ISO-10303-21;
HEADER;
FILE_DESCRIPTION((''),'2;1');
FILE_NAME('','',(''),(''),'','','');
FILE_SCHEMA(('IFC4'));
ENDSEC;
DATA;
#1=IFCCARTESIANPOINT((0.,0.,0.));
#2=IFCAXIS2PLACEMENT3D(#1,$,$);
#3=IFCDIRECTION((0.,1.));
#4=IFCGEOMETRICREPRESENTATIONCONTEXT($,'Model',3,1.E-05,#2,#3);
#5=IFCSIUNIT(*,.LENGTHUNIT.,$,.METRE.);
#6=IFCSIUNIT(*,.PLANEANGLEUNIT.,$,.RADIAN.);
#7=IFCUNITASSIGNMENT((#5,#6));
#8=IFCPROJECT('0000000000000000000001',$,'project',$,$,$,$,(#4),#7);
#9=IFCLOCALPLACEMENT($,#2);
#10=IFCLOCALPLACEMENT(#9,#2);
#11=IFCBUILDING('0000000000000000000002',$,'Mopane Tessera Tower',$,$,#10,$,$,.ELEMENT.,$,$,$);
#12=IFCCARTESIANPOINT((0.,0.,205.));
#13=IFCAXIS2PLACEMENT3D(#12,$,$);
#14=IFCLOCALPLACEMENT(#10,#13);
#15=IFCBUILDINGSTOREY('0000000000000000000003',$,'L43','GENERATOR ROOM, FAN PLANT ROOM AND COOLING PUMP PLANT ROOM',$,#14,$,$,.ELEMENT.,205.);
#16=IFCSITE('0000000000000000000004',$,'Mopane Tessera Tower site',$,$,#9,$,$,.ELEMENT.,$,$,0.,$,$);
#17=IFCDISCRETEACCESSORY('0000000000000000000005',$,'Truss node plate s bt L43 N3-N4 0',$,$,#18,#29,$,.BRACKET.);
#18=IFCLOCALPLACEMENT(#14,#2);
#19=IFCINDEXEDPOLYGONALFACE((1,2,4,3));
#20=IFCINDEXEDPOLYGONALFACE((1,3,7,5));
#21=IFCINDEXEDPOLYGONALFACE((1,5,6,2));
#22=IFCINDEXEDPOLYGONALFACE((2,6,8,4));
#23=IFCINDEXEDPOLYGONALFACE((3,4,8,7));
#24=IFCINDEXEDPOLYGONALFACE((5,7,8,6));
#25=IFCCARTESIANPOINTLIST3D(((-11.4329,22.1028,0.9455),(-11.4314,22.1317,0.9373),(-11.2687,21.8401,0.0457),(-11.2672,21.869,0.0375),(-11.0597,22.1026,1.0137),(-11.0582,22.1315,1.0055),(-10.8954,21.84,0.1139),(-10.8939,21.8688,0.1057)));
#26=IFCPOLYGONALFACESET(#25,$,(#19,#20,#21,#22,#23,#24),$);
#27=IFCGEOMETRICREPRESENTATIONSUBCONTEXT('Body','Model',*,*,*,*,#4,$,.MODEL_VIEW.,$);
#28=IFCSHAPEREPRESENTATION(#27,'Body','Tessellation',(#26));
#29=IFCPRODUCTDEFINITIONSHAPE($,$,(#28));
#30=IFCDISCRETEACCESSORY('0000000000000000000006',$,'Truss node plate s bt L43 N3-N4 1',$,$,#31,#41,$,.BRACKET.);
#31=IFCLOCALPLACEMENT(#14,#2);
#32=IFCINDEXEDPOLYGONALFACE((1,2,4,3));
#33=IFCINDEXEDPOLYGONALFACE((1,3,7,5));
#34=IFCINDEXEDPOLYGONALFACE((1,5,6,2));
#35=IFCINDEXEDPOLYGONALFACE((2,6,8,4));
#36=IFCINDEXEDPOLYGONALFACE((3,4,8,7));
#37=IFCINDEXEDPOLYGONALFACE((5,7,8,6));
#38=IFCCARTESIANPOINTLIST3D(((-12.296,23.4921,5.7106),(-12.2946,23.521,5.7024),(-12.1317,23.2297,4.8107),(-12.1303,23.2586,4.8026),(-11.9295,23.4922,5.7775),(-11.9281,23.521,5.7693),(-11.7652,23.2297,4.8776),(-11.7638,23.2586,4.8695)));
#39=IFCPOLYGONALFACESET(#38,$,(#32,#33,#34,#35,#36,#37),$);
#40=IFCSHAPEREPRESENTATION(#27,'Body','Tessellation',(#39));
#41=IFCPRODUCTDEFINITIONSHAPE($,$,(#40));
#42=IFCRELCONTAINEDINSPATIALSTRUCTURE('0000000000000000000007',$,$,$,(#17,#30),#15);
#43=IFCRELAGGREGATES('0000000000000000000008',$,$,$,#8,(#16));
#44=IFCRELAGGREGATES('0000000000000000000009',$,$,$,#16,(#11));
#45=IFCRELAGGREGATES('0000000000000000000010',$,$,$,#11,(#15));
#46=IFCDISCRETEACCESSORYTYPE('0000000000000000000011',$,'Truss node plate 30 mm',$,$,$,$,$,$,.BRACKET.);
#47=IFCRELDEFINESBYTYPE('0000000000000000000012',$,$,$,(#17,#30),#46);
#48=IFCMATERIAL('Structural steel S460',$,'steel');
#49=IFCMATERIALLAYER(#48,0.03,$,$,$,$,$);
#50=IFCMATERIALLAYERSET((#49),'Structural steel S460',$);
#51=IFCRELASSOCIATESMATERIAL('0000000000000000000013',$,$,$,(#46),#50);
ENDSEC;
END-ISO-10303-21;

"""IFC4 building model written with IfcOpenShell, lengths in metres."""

from ifc_helpers import new_model, si_unit, direction, frame, origin, origin_2d, place, context, subcontext, project, spatial, rectangle, extrude, material, layer, layer_set, type_object, element, save


model = new_model("IFC4")

# Units and contexts
model_context = context("Model", 3, precision=1e-05, world=origin(), true_north=direction((0.0, 1.0)))
body_context = subcontext(model_context, "Body", "Model", "MODEL_VIEW")
ifc_project = project(units=[si_unit("LENGTHUNIT", "METRE"), si_unit("PLANEANGLEUNIT", "RADIAN")], contexts=[model_context])

# Site, building, storey
site_placement = place(None, origin())
site = spatial("IfcSite", under=ifc_project, at=site_placement, Name="Mopane Tessera Tower site", CompositionType="ELEMENT", RefElevation=0.0)
building_placement = place(site_placement, origin())
building = spatial("IfcBuilding", under=site, at=building_placement, Name="Mopane Tessera Tower", CompositionType="ELEMENT")
storey_placement = place(building_placement, frame((0.0, 0.0, 205.0)))
storey = spatial("IfcBuildingStorey", under=building, at=storey_placement, Name="L43", Description="GENERATOR ROOM, FAN PLANT ROOM AND COOLING PUMP PLANT ROOM", CompositionType="ELEMENT", Elevation=205.0)

# Discrete accessories
ifc_material_1 = material(Name="Structural steel S460", Category="steel")
ifc_layer_1 = layer(ifc_material_1, 0.03)
ifc_layer_set_1 = layer_set([ifc_layer_1], Name="Structural steel S460")
discrete_accessory_type = type_object("IfcDiscreteAccessoryType", Name="Truss node plate 30 mm", PredefinedType="BRACKET", material=ifc_layer_set_1)
discrete_accessory_1_placement = place(storey_placement, frame((-11.0813, 21.8545, 0.0757), z_axis=(-0.172636, 0.276013, 0.945523), x_axis=(-0.050054, -0.961154, 0.271437)))
element("IfcDiscreteAccessory", 1, at=discrete_accessory_1_placement, inside=storey, type_object=discrete_accessory_type, Name="Truss node plate s bt L43 N3-N4 0", PredefinedType="BRACKET", context=body_context, shape_type="SweptSolid", body=[
    extrude(rectangle(XDim=0.03, YDim=0.3794, at=origin_2d()), origin(), (0.0, 0.0, 1.0), 0.9517),
])
discrete_accessory_2_placement = place(storey_placement, frame((-11.9478, 23.2441, 4.8401), z_axis=(-0.172648, 0.275776, 0.94559), x_axis=(-0.049476, -0.961222, 0.271301)))
element("IfcDiscreteAccessory", 2, at=discrete_accessory_2_placement, inside=storey, type_object=discrete_accessory_type, Name="Truss node plate s bt L43 N3-N4 1", PredefinedType="BRACKET", context=body_context, shape_type="SweptSolid", body=[
    extrude(rectangle(XDim=0.03, YDim=0.3726, at=origin_2d()), origin(), (0.0, 0.0, 1.0), 0.9517),
])

save(model, "model.ifc")
